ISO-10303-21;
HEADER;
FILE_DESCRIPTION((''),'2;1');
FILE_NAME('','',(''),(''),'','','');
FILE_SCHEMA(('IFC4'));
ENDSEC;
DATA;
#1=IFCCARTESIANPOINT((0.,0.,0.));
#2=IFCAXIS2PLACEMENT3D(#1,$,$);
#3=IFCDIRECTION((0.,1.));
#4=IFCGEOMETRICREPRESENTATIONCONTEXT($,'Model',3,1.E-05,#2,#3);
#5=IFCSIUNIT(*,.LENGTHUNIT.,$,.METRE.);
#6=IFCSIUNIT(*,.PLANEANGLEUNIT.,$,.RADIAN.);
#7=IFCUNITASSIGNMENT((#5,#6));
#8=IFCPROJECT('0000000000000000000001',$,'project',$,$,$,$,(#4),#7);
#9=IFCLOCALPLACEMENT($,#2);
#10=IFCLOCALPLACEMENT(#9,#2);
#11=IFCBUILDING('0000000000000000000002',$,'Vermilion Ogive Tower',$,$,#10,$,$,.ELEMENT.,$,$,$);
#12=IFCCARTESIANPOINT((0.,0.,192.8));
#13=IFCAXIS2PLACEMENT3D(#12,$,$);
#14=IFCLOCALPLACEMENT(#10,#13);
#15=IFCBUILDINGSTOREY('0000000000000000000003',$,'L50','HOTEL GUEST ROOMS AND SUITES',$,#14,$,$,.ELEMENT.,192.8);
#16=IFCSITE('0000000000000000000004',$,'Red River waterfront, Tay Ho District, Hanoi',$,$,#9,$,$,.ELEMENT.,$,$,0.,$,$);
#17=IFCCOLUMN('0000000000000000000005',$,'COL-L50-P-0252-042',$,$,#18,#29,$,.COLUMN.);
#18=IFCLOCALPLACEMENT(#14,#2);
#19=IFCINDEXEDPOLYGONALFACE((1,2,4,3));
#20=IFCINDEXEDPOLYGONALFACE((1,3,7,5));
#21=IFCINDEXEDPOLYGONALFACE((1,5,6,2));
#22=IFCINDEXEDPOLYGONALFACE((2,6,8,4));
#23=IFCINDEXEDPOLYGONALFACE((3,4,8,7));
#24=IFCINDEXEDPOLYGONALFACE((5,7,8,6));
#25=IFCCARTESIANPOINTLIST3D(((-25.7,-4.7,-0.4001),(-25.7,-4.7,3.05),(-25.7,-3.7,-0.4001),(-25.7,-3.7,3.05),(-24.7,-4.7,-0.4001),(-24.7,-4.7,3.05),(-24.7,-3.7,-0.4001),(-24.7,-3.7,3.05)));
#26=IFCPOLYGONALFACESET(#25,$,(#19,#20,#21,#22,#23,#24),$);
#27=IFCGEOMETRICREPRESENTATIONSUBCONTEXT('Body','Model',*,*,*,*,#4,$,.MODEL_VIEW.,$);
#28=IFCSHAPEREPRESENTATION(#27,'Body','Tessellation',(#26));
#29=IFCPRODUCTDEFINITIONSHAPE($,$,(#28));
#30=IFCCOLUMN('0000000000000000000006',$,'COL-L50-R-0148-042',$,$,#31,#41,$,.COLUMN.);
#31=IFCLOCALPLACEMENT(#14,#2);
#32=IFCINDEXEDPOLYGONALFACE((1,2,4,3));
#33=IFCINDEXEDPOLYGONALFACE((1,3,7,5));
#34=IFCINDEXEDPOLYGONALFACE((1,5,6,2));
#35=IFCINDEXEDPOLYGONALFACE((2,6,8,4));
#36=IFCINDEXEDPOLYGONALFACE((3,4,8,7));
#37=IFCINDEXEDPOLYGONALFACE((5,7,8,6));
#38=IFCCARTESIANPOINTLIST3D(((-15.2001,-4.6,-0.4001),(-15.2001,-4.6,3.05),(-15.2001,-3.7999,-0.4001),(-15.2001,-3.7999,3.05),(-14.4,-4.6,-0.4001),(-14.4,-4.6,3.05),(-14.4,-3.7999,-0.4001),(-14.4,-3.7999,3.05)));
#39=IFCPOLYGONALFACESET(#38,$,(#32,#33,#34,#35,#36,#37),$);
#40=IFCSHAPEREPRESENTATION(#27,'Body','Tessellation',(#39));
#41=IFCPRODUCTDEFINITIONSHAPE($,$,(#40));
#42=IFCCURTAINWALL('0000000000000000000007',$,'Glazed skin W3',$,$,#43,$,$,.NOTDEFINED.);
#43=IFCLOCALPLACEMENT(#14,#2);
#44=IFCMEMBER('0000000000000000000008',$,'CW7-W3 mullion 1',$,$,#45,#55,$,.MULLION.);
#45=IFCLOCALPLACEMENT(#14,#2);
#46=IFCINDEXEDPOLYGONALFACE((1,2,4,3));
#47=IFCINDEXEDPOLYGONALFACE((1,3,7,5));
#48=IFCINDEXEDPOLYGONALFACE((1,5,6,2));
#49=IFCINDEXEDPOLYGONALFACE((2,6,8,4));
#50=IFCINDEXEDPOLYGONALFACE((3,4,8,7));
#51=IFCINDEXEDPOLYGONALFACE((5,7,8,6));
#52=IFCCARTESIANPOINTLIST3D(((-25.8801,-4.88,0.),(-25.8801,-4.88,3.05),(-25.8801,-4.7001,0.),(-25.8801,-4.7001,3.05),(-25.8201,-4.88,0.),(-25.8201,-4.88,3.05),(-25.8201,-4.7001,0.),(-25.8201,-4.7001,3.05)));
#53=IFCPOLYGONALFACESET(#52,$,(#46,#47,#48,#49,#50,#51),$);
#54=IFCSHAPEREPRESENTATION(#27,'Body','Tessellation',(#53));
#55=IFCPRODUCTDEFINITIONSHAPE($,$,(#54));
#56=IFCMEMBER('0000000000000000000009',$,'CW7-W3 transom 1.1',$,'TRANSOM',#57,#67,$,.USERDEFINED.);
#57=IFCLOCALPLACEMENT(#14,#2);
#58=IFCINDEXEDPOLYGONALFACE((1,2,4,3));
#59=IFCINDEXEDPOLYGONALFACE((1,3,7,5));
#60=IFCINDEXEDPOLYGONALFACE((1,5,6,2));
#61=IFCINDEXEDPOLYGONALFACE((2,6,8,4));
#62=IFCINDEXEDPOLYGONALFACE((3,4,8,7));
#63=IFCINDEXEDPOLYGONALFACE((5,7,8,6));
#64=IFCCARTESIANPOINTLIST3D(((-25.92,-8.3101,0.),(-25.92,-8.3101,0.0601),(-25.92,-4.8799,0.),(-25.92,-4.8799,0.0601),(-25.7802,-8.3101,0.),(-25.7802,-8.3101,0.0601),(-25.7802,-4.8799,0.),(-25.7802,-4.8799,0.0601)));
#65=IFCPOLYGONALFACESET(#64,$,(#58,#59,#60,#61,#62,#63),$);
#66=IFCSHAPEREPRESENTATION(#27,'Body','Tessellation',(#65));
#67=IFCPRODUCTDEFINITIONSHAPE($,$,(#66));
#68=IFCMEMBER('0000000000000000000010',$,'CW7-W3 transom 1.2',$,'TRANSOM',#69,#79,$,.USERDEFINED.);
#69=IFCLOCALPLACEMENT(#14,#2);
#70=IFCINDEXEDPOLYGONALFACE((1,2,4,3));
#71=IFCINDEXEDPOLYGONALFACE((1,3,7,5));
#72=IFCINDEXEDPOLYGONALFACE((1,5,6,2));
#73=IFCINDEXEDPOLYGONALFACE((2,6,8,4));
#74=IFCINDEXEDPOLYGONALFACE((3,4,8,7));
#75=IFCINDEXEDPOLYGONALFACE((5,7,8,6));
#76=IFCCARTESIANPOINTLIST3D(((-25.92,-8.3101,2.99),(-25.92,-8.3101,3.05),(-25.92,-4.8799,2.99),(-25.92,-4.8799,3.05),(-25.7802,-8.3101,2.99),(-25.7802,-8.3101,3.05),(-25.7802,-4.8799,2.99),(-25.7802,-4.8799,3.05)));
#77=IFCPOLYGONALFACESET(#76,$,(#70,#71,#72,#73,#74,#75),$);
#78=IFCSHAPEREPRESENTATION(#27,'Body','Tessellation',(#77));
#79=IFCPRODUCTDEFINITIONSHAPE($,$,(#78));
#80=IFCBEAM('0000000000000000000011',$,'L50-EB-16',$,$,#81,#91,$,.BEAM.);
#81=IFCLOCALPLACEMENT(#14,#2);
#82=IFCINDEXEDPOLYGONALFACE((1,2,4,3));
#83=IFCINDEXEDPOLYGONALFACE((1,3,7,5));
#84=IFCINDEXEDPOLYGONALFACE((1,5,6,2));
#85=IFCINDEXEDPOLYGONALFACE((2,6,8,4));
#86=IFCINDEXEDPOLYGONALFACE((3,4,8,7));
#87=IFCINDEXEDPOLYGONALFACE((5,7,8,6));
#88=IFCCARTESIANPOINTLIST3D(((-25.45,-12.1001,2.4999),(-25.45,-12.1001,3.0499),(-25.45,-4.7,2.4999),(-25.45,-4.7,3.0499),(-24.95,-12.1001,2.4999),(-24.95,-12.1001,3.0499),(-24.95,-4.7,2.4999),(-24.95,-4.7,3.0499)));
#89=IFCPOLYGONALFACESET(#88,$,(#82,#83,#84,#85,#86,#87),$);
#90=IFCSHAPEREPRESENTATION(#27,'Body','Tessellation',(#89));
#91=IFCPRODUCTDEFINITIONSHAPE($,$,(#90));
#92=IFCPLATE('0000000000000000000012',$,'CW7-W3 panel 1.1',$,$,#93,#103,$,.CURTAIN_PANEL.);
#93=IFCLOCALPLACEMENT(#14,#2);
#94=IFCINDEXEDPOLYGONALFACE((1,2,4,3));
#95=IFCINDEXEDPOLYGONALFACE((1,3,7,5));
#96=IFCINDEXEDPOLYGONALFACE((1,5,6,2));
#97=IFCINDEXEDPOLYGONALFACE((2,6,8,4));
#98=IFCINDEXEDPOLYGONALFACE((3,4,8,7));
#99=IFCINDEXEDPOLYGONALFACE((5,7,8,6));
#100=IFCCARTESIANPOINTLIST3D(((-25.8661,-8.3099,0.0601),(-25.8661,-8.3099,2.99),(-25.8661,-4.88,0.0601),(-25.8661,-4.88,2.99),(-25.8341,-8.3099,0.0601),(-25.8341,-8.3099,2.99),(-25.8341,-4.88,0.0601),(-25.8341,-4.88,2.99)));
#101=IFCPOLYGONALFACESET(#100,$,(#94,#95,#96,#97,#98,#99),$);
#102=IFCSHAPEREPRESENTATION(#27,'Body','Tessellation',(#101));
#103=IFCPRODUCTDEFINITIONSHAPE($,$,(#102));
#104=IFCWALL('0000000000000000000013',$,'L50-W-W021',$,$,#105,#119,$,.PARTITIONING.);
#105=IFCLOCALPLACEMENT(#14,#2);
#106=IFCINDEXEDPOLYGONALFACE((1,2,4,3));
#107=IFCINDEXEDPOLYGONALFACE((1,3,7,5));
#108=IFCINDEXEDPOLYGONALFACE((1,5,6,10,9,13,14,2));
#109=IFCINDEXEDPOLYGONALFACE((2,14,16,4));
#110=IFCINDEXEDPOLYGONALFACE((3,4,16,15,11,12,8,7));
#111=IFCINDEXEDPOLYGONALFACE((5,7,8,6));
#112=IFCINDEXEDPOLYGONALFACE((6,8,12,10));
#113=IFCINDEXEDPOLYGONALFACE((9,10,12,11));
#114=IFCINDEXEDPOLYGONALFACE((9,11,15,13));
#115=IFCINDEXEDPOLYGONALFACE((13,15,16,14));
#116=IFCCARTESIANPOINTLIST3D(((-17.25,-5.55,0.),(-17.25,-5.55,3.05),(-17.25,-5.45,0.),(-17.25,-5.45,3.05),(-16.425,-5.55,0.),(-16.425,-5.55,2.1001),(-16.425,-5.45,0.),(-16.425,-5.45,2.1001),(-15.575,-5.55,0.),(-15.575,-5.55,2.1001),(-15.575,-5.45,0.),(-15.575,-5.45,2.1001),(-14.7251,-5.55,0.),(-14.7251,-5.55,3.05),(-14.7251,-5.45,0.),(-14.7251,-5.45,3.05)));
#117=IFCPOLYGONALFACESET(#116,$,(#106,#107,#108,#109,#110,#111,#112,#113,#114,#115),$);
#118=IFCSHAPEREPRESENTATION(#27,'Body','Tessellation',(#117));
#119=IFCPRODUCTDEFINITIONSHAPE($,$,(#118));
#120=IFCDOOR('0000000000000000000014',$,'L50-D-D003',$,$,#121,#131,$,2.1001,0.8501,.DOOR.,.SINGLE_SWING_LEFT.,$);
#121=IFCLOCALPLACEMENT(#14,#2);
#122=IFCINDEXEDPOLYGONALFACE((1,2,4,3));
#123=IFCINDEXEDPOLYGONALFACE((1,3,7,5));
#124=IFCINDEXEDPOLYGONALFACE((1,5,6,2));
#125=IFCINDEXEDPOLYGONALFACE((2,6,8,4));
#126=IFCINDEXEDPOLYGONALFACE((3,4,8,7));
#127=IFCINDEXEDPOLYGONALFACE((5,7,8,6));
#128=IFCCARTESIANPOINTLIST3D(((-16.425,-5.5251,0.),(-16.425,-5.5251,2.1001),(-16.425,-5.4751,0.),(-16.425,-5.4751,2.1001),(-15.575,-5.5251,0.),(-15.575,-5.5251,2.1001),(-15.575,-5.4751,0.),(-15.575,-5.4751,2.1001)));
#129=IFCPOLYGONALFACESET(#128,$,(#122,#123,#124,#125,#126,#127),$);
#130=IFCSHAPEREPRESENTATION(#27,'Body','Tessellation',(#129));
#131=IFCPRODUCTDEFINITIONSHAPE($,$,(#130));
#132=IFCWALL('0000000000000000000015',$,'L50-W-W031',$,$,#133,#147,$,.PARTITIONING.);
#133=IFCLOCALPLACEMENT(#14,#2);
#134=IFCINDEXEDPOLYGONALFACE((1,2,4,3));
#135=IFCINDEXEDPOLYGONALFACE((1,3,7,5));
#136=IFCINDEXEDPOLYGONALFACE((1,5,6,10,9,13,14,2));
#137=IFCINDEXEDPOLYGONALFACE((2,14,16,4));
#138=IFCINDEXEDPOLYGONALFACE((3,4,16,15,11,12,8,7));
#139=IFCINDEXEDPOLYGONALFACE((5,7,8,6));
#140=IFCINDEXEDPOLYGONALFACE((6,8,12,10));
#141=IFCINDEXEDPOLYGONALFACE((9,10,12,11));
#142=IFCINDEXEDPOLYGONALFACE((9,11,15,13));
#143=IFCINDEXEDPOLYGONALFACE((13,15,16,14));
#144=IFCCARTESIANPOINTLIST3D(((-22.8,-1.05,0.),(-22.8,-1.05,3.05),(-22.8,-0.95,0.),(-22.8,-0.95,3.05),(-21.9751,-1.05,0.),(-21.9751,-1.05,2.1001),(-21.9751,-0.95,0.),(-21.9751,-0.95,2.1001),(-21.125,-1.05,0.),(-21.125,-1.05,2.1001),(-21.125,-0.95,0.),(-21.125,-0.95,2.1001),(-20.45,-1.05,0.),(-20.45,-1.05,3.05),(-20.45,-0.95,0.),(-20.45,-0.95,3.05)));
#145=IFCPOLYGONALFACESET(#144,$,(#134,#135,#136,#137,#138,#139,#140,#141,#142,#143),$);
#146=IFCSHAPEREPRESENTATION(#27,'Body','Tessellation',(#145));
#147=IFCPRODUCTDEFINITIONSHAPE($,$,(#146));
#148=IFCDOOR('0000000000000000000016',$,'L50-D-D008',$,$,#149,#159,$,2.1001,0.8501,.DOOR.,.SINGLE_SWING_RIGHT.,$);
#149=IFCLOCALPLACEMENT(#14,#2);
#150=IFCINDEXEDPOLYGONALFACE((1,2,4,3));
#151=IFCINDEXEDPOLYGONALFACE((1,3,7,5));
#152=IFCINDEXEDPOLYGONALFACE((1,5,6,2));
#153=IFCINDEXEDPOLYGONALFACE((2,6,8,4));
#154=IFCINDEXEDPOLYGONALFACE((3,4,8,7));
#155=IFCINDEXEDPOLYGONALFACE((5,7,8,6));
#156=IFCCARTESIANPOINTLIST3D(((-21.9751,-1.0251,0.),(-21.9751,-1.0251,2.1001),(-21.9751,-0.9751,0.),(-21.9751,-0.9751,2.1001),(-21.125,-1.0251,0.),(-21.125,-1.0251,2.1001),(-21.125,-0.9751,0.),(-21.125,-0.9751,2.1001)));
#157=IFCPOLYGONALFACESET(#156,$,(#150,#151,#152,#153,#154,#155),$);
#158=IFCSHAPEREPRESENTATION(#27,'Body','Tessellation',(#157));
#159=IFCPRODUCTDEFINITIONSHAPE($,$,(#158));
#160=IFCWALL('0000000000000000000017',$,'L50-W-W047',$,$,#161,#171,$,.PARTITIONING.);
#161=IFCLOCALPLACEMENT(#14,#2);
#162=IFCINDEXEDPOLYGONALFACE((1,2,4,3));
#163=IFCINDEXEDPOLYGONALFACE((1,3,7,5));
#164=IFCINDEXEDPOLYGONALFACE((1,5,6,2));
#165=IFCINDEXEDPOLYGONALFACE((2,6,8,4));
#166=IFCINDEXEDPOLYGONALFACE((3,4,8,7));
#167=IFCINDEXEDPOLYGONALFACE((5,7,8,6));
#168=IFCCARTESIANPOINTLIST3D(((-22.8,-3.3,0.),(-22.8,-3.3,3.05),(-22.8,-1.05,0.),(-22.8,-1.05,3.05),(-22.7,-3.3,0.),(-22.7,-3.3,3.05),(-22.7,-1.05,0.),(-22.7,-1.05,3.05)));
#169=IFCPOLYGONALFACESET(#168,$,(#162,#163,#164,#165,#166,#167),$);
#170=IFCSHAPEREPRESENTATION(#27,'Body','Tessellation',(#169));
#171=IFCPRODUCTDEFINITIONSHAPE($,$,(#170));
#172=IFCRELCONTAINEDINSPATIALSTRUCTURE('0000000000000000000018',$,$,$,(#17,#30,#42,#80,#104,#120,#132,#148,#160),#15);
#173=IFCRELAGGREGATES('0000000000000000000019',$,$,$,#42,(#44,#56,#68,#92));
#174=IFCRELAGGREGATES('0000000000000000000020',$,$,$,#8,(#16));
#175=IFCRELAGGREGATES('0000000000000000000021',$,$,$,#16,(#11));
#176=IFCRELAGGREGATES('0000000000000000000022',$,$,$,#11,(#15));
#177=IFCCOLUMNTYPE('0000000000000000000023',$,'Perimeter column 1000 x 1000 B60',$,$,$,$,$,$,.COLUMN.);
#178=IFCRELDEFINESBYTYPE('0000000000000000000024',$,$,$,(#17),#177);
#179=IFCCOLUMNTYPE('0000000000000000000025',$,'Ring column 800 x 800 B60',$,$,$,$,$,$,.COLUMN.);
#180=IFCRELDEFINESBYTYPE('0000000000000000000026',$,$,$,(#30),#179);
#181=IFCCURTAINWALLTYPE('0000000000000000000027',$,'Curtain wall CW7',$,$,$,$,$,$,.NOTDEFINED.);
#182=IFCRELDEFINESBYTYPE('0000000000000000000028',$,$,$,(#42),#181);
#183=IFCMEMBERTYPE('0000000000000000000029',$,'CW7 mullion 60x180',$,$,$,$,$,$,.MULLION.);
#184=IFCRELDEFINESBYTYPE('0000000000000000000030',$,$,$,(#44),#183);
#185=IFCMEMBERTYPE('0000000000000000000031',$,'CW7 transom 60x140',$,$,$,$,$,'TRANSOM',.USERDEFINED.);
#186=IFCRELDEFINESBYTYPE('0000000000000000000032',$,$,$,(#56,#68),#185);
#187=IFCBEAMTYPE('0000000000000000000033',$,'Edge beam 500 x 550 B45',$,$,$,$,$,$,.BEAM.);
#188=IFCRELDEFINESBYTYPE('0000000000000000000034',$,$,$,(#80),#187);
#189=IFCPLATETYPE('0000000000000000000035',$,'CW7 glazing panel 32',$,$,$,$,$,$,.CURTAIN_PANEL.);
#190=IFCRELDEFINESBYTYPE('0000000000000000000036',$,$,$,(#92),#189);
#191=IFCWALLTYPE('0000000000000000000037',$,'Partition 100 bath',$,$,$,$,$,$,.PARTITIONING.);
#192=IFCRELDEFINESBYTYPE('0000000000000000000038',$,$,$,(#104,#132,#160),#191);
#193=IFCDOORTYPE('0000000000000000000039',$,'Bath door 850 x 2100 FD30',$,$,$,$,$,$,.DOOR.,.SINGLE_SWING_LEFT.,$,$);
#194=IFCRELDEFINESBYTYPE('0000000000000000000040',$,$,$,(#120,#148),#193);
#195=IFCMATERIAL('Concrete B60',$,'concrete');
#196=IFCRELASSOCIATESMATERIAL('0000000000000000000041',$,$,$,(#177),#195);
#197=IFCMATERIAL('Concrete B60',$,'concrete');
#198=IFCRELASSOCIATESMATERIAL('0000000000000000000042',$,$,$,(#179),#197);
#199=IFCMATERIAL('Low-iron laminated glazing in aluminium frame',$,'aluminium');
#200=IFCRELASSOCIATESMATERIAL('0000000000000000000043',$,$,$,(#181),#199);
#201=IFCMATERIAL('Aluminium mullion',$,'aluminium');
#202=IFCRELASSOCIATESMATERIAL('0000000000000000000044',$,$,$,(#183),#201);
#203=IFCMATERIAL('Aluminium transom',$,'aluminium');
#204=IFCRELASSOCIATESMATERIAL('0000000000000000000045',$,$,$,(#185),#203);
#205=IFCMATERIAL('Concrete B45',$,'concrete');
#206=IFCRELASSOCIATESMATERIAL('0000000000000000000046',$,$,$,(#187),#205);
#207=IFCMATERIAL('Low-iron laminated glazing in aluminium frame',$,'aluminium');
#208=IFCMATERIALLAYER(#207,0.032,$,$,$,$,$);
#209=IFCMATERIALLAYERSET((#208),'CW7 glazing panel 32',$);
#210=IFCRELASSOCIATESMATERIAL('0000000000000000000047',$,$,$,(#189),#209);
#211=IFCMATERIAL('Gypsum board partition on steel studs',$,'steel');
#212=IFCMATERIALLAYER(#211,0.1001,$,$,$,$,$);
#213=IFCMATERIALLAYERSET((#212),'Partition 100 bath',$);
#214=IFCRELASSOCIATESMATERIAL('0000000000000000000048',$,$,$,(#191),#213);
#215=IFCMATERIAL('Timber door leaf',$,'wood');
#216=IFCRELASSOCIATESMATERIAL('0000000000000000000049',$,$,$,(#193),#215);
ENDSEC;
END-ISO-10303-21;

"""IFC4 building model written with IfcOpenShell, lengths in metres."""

from ifc_helpers import new_model, si_unit, direction, frame, frame_2d, origin, origin_2d, place, context, subcontext, project, spatial, rectangle, extrude, material, layer, layer_set, material_profile, profile_set, type_object, element, fill, aggregate, save


model = new_model("IFC4")

# Units and contexts
model_context = context("Model", 3, precision=1e-05, world=origin(), true_north=direction((0.0, 1.0)))
body_context = subcontext(model_context, "Body", "Model", "MODEL_VIEW")
ifc_project = project(units=[si_unit("LENGTHUNIT", "METRE"), si_unit("PLANEANGLEUNIT", "RADIAN")], contexts=[model_context])

# Site, building, storey
site_placement = place(None, origin())
site = spatial("IfcSite", under=ifc_project, at=site_placement, Name="Red River waterfront, Tay Ho District, Hanoi", CompositionType="ELEMENT", RefElevation=0.0)
building_placement = place(site_placement, origin())
building = spatial("IfcBuilding", under=site, at=building_placement, Name="Vermilion Ogive Tower", CompositionType="ELEMENT")
storey_placement = place(building_placement, frame((0.0, 0.0, 192.8)))
storey = spatial("IfcBuildingStorey", under=building, at=storey_placement, Name="L50", Description="HOTEL GUEST ROOMS AND SUITES", CompositionType="ELEMENT", Elevation=192.8)

# Columns
ifc_material_1 = material(Name="Concrete B60", Category="concrete")
ifc_material_profile_1 = material_profile(ifc_material_1, rectangle(XDim=1.0, YDim=1.0, at=origin_2d()), Name="1000 x 1000")
ifc_profile_set_1 = profile_set([ifc_material_profile_1], Name="Concrete B60")
column_type_1 = type_object("IfcColumnType", Name="Perimeter column 1000 x 1000 B60", PredefinedType="COLUMN", material=ifc_profile_set_1)
column_1_placement = place(storey_placement, frame((-25.2, -4.2, -0.4001), z_axis=(0.0, 0.0, 1.0), x_axis=(1.0, 0.0, 0.0)))
element("IfcColumn", 1, at=column_1_placement, inside=storey, type_object=column_type_1, Name="COL-L50-P-0252-042", PredefinedType="COLUMN", context=body_context, shape_type="SweptSolid", body=[
    extrude(rectangle(XDim=1.0, YDim=1.0, at=origin_2d()), origin(), (0.0, 0.0, 1.0), 3.4502),
])
ifc_material_2 = material(Name="Concrete B60", Category="concrete")
ifc_material_profile_2 = material_profile(ifc_material_2, rectangle(XDim=0.8, YDim=0.8, at=origin_2d()), Name="800 x 800")
ifc_profile_set_2 = profile_set([ifc_material_profile_2], Name="Concrete B60")
column_type_2 = type_object("IfcColumnType", Name="Ring column 800 x 800 B60", PredefinedType="COLUMN", material=ifc_profile_set_2)
column_2_placement = place(storey_placement, frame((-14.8, -4.2, -0.4001), z_axis=(0.0, 0.0, 1.0), x_axis=(1.0, 0.0, 0.0)))
element("IfcColumn", 2, at=column_2_placement, inside=storey, type_object=column_type_2, Name="COL-L50-R-0148-042", PredefinedType="COLUMN", context=body_context, shape_type="SweptSolid", body=[
    extrude(rectangle(XDim=0.8, YDim=0.8, at=origin_2d()), origin(), (0.0, 0.0, 1.0), 3.4502),
])

# Curtain wall, members
ifc_material_3 = material(Name="Low-iron laminated glazing in aluminium frame", Category="aluminium")
curtain_wall_type = type_object("IfcCurtainWallType", Name="Curtain wall CW7", PredefinedType="NOTDEFINED", material=ifc_material_3)
curtain_wall_placement = place(storey_placement, origin())
curtain_wall = element("IfcCurtainWall", 3, at=curtain_wall_placement, inside=storey, type_object=curtain_wall_type, Name="Glazed skin W3", PredefinedType="NOTDEFINED")
ifc_material_4 = material(Name="Aluminium mullion", Category="aluminium")
ifc_material_profile_3 = material_profile(ifc_material_4, rectangle(XDim=0.0601, YDim=0.1799, at=origin_2d()), Name="AL 60x180")
ifc_profile_set_3 = profile_set([ifc_material_profile_3], Name="Aluminium mullion")
member_type_1 = type_object("IfcMemberType", Name="CW7 mullion 60x180", PredefinedType="MULLION", material=ifc_profile_set_3)
member_1_placement = place(storey_placement, frame((-25.8501, -4.79, 0.0), z_axis=(0.0, 0.0, 1.0), x_axis=(1.0, 0.0, 0.0)))
member_1 = element("IfcMember", 4, at=member_1_placement, type_object=member_type_1, Name="CW7-W3 mullion 1", PredefinedType="MULLION", context=body_context, shape_type="SweptSolid", body=[
    extrude(rectangle(XDim=0.0601, YDim=0.1799, at=origin_2d()), origin(), (0.0, 0.0, 1.0), 3.05),
])
ifc_material_5 = material(Name="Aluminium transom", Category="aluminium")
ifc_material_profile_4 = material_profile(ifc_material_5, rectangle(XDim=0.1399, YDim=0.0601, at=origin_2d()), Name="AL 60x140")
ifc_profile_set_4 = profile_set([ifc_material_profile_4], Name="Aluminium transom")
member_type_2 = type_object("IfcMemberType", Name="CW7 transom 60x140", ElementType="TRANSOM", PredefinedType="USERDEFINED", material=ifc_profile_set_4)
member_2_placement = place(storey_placement, frame((-25.8501, -4.8799, 0.03), z_axis=(0.0, -1.0, 0.0), x_axis=(1.0, 0.0, 0.0)))
member_2 = element("IfcMember", 5, at=member_2_placement, type_object=member_type_2, Name="CW7-W3 transom 1.1", ObjectType="TRANSOM", PredefinedType="USERDEFINED", context=body_context, shape_type="SweptSolid", body=[
    extrude(rectangle(XDim=0.1399, YDim=0.0601, at=origin_2d()), origin(), (0.0, 0.0, 1.0), 3.4302),
])
member_3_placement = place(storey_placement, frame((-25.8501, -4.8799, 3.02), z_axis=(0.0, -1.0, 0.0), x_axis=(1.0, 0.0, 0.0)))
member_3 = element("IfcMember", 6, at=member_3_placement, type_object=member_type_2, Name="CW7-W3 transom 1.2", ObjectType="TRANSOM", PredefinedType="USERDEFINED", context=body_context, shape_type="SweptSolid", body=[
    extrude(rectangle(XDim=0.1399, YDim=0.0601, at=origin_2d()), origin(), (0.0, 0.0, 1.0), 3.4302),
])

# Beam
ifc_material_6 = material(Name="Concrete B45", Category="concrete")
ifc_material_profile_5 = material_profile(ifc_material_6, rectangle(XDim=0.5, YDim=0.55, at=origin_2d()), Name="500 x 550")
ifc_profile_set_5 = profile_set([ifc_material_profile_5], Name="Concrete B45")
beam_type = type_object("IfcBeamType", Name="Edge beam 500 x 550 B45", PredefinedType="BEAM", material=ifc_profile_set_5)
beam_placement = place(storey_placement, frame((-25.2, -4.7, 2.7749), z_axis=(0.0, -1.0, 0.0), x_axis=(1.0, 0.0, 0.0)))
element("IfcBeam", 7, at=beam_placement, inside=storey, type_object=beam_type, Name="L50-EB-16", PredefinedType="BEAM", context=body_context, shape_type="SweptSolid", body=[
    extrude(rectangle(XDim=0.5, YDim=0.55, at=origin_2d()), origin(), (0.0, 0.0, 1.0), 7.4001),
])

# Plate
ifc_material_7 = material(Name="Low-iron laminated glazing in aluminium frame", Category="aluminium")
ifc_layer_1 = layer(ifc_material_7, 0.032)
ifc_layer_set_1 = layer_set([ifc_layer_1], Name="CW7 glazing panel 32")
plate_type = type_object("IfcPlateType", Name="CW7 glazing panel 32", PredefinedType="CURTAIN_PANEL", material=ifc_layer_set_1)
plate_placement = place(storey_placement, frame((-25.8501, -6.595, 0.0601), z_axis=(0.0, 0.0, 1.0), x_axis=(0.0, -1.0, 0.0)))
plate = element("IfcPlate", 8, at=plate_placement, type_object=plate_type, Name="CW7-W3 panel 1.1", PredefinedType="CURTAIN_PANEL", context=body_context, shape_type="SweptSolid", body=[
    extrude(rectangle(XDim=3.4299, YDim=0.032, at=origin_2d()), origin(), (0.0, 0.0, 1.0), 2.9299),
])
aggregate(curtain_wall, [member_1, member_2, member_3, plate])

# Walls, openings, doors
ifc_material_8 = material(Name="Gypsum board partition on steel studs", Category="steel")
ifc_layer_2 = layer(ifc_material_8, 0.1001)
ifc_layer_set_2 = layer_set([ifc_layer_2], Name="Partition 100 bath")
wall_type_1 = type_object("IfcWallType", Name="Partition 100 bath", PredefinedType="PARTITIONING", material=ifc_layer_set_2)
wall_1_placement = place(storey_placement, frame((-17.25, -5.5, 0.0), z_axis=(0.0, 0.0, 1.0), x_axis=(1.0, 0.0, 0.0)))
wall_1 = element("IfcWall", 9, at=wall_1_placement, inside=storey, type_object=wall_type_1, Name="L50-W-W021", PredefinedType="PARTITIONING", context=body_context, shape_type="SweptSolid", body=[
    extrude(rectangle(XDim=2.5249, YDim=0.1001, at=frame_2d((1.2625, 0.0))), origin(), (0.0, 0.0, 1.0), 3.05),
])
opening_1_placement = place(wall_1_placement, frame((0.825, 0.0, 0.0)))
opening_1 = element("IfcOpeningElement", 10, at=opening_1_placement, cuts=wall_1, PredefinedType="OPENING", context=body_context, shape_type="SweptSolid", body=[
    extrude(rectangle(XDim=0.8501, YDim=2.1001, at=frame_2d((0.425, 1.05))), frame((0.0, 0.0601, 0.0), z_axis=(0.0, -1.0, 0.0), x_axis=(1.0, 0.0, 0.0)), (0.0, 0.0, 1.0), 0.1201),
])
ifc_material_9 = material(Name="Timber door leaf", Category="wood")
door_type_1 = type_object("IfcDoorType", Name="Bath door 850 x 2100 FD30", OperationType="SINGLE_SWING_LEFT", PredefinedType="DOOR", material=ifc_material_9)
door_1_placement = place(opening_1_placement, origin())
door_1 = element("IfcDoor", 11, at=door_1_placement, inside=storey, type_object=door_type_1, Name="L50-D-D003", OperationType="SINGLE_SWING_LEFT", OverallHeight=2.1001, OverallWidth=0.8501, PredefinedType="DOOR", context=body_context, shape_type="SweptSolid", body=[
    extrude(rectangle(XDim=0.8501, YDim=2.1001, at=frame_2d((0.425, 1.05))), frame((0.0, 0.0249, 0.0), z_axis=(0.0, -1.0, 0.0), x_axis=(1.0, 0.0, 0.0)), (0.0, 0.0, 1.0), 0.05),
])
fill(opening_1, door_1)
wall_2_placement = place(storey_placement, frame((-22.8, -1.0, 0.0), z_axis=(0.0, 0.0, 1.0), x_axis=(1.0, 0.0, 0.0)))
wall_2 = element("IfcWall", 12, at=wall_2_placement, inside=storey, type_object=wall_type_1, Name="L50-W-W031", PredefinedType="PARTITIONING", context=body_context, shape_type="SweptSolid", body=[
    extrude(rectangle(XDim=2.3501, YDim=0.1001, at=frame_2d((1.175, 0.0))), origin(), (0.0, 0.0, 1.0), 3.05),
])
opening_2_placement = place(wall_2_placement, frame((0.825, 0.0, 0.0)))
opening_2 = element("IfcOpeningElement", 13, at=opening_2_placement, cuts=wall_2, PredefinedType="OPENING", context=body_context, shape_type="SweptSolid", body=[
    extrude(rectangle(XDim=0.8501, YDim=2.1001, at=frame_2d((0.425, 1.05))), frame((0.0, 0.0601, 0.0), z_axis=(0.0, -1.0, 0.0), x_axis=(1.0, 0.0, 0.0)), (0.0, 0.0, 1.0), 0.1201),
])
door_2_placement = place(opening_2_placement, origin())
door_2 = element("IfcDoor", 14, at=door_2_placement, inside=storey, type_object=door_type_1, Name="L50-D-D008", OperationType="SINGLE_SWING_RIGHT", OverallHeight=2.1001, OverallWidth=0.8501, PredefinedType="DOOR", context=body_context, shape_type="SweptSolid", body=[
    extrude(rectangle(XDim=0.8501, YDim=2.1001, at=frame_2d((0.425, 1.05))), frame((0.0, 0.0249, 0.0), z_axis=(0.0, -1.0, 0.0), x_axis=(1.0, 0.0, 0.0)), (0.0, 0.0, 1.0), 0.05),
])
fill(opening_2, door_2)

# Wall
wall_3_placement = place(storey_placement, frame((-22.75, -3.3, 0.0), z_axis=(0.0, 0.0, 1.0), x_axis=(0.0, 1.0, 0.0)))
element("IfcWall", 15, at=wall_3_placement, inside=storey, type_object=wall_type_1, Name="L50-W-W047", PredefinedType="PARTITIONING", context=body_context, shape_type="SweptSolid", body=[
    extrude(rectangle(XDim=2.25, YDim=0.1001, at=frame_2d((1.125, 0.0))), origin(), (0.0, 0.0, 1.0), 3.05),
])

save(model, "model.ifc")
